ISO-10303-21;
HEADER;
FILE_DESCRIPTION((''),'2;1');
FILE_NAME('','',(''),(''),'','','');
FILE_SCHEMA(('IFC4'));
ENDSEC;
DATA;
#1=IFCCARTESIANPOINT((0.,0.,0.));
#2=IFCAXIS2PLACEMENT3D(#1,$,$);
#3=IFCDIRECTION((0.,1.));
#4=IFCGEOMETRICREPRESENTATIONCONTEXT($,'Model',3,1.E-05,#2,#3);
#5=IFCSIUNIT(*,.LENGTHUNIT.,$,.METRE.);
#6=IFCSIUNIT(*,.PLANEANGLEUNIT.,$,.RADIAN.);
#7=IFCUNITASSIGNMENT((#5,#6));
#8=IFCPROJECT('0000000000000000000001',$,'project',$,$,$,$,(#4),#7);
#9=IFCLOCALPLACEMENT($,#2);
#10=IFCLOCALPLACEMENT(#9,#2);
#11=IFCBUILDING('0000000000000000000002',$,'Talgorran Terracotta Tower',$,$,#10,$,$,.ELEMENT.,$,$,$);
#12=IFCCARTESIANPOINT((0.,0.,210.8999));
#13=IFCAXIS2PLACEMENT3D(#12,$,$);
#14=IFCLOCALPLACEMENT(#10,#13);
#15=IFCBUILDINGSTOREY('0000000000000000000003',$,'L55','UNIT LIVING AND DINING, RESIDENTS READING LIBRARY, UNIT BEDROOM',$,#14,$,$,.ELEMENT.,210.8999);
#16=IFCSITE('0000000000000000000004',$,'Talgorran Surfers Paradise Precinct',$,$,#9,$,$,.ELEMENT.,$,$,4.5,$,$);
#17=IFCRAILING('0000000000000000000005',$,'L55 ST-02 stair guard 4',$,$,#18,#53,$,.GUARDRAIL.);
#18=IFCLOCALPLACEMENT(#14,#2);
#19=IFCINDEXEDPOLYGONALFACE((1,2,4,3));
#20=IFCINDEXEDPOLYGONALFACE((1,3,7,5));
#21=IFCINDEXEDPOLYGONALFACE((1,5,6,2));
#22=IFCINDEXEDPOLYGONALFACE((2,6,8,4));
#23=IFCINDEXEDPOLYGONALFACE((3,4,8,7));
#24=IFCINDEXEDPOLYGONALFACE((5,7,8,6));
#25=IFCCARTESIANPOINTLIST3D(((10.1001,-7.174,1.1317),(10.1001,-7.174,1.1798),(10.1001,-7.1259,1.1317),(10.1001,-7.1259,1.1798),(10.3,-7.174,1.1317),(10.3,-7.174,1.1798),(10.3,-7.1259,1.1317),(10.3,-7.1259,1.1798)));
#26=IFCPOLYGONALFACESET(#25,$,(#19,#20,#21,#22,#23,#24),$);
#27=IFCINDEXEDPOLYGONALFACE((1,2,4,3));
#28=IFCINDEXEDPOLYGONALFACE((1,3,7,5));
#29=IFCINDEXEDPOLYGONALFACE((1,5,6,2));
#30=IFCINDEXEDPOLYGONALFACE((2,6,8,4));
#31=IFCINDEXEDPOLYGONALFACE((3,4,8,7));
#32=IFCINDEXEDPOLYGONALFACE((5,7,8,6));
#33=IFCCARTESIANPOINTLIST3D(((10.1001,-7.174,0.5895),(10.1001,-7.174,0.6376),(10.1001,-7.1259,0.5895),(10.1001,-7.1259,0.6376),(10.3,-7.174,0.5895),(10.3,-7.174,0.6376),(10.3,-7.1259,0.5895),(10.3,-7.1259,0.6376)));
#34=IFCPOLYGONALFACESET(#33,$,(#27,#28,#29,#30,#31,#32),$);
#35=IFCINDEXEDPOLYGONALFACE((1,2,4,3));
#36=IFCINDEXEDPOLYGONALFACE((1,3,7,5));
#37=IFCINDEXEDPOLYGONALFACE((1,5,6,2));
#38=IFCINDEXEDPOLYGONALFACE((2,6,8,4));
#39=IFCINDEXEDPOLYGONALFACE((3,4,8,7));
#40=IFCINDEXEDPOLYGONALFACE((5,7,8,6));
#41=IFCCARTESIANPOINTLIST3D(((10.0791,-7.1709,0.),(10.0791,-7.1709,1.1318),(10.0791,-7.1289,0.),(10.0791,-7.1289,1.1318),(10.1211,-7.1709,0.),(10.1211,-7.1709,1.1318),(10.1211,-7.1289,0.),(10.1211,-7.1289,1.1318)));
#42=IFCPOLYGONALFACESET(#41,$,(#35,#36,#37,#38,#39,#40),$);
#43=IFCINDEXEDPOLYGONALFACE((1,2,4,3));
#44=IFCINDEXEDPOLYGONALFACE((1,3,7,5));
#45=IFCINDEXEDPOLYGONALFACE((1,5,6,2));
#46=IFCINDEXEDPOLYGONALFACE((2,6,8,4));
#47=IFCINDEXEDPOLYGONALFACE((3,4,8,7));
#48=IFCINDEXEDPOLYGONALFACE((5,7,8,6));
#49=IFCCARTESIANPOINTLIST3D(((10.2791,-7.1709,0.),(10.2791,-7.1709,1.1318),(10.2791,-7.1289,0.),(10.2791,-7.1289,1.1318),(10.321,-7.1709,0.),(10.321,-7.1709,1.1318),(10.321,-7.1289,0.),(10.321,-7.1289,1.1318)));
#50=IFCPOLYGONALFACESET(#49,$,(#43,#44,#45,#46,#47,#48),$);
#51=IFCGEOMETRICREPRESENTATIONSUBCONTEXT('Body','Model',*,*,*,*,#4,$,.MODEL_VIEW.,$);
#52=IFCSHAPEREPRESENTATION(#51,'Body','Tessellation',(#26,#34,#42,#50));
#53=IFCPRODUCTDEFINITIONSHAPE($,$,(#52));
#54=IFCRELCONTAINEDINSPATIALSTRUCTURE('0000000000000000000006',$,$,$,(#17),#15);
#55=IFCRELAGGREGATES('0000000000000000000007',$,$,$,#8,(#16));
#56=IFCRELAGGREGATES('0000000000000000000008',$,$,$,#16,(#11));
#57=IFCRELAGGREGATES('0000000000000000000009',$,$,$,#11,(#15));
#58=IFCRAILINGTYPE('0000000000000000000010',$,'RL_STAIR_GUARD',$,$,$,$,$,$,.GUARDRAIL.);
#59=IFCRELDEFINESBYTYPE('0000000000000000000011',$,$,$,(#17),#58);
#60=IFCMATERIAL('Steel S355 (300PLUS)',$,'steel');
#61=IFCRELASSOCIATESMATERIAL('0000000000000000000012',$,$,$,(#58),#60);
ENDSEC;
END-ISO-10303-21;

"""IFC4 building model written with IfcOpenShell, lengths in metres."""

from ifc_helpers import new_model, si_unit, direction, frame, origin, origin_2d, place, context, subcontext, project, spatial, rectangle, extrude, material, type_object, element, save


model = new_model("IFC4")

# Units and contexts
model_context = context("Model", 3, precision=1e-05, world=origin(), true_north=direction((0.0, 1.0)))
body_context = subcontext(model_context, "Body", "Model", "MODEL_VIEW")
ifc_project = project(units=[si_unit("LENGTHUNIT", "METRE"), si_unit("PLANEANGLEUNIT", "RADIAN")], contexts=[model_context])

# Site, building, storey
site_placement = place(None, origin())
site = spatial("IfcSite", under=ifc_project, at=site_placement, Name="Talgorran Surfers Paradise Precinct", CompositionType="ELEMENT", RefElevation=4.5)
building_placement = place(site_placement, origin())
building = spatial("IfcBuilding", under=site, at=building_placement, Name="Talgorran Terracotta Tower", CompositionType="ELEMENT")
storey_placement = place(building_placement, frame((0.0, 0.0, 210.8999)))
storey = spatial("IfcBuildingStorey", under=building, at=storey_placement, Name="L55", Description="UNIT LIVING AND DINING, RESIDENTS READING LIBRARY, UNIT BEDROOM", CompositionType="ELEMENT", Elevation=210.8999)

# Shared definitions
ifc_material_1 = material(Name="Steel S355 (300PLUS)", Category="steel")

# Railing
railing_type_1 = type_object("IfcRailingType", Name="RL_STAIR_GUARD", PredefinedType="GUARDRAIL", material=ifc_material_1)
railing_1_placement = place(storey_placement, frame((10.1001, -7.1499, 0.0)))
element("IfcRailing", 1, at=railing_1_placement, inside=storey, type_object=railing_type_1, Name="L55 ST-02 stair guard 4", PredefinedType="GUARDRAIL", context=body_context, shape_type="SweptSolid", body=[
    extrude(rectangle(XDim=0.0481, YDim=0.0481, at=origin_2d()), frame((0.0, 0.0, 1.1558), z_axis=(1.0, 0.0, 0.0), x_axis=(0.0, 1.0, 0.0)), (0.0, 0.0, 1.0), 0.2),
    extrude(rectangle(XDim=0.0481, YDim=0.0481, at=origin_2d()), frame((0.0, 0.0, 0.6135), z_axis=(1.0, 0.0, 0.0), x_axis=(0.0, 1.0, 0.0)), (0.0, 0.0, 1.0), 0.2),
    extrude(rectangle(XDim=0.042, YDim=0.042, at=origin_2d()), origin(), (0.0, 0.0, 1.0), 1.1318),
    extrude(rectangle(XDim=0.042, YDim=0.042, at=origin_2d()), frame((0.2, 0.0, 0.0)), (0.0, 0.0, 1.0), 1.1318),
])

save(model, "model.ifc")
